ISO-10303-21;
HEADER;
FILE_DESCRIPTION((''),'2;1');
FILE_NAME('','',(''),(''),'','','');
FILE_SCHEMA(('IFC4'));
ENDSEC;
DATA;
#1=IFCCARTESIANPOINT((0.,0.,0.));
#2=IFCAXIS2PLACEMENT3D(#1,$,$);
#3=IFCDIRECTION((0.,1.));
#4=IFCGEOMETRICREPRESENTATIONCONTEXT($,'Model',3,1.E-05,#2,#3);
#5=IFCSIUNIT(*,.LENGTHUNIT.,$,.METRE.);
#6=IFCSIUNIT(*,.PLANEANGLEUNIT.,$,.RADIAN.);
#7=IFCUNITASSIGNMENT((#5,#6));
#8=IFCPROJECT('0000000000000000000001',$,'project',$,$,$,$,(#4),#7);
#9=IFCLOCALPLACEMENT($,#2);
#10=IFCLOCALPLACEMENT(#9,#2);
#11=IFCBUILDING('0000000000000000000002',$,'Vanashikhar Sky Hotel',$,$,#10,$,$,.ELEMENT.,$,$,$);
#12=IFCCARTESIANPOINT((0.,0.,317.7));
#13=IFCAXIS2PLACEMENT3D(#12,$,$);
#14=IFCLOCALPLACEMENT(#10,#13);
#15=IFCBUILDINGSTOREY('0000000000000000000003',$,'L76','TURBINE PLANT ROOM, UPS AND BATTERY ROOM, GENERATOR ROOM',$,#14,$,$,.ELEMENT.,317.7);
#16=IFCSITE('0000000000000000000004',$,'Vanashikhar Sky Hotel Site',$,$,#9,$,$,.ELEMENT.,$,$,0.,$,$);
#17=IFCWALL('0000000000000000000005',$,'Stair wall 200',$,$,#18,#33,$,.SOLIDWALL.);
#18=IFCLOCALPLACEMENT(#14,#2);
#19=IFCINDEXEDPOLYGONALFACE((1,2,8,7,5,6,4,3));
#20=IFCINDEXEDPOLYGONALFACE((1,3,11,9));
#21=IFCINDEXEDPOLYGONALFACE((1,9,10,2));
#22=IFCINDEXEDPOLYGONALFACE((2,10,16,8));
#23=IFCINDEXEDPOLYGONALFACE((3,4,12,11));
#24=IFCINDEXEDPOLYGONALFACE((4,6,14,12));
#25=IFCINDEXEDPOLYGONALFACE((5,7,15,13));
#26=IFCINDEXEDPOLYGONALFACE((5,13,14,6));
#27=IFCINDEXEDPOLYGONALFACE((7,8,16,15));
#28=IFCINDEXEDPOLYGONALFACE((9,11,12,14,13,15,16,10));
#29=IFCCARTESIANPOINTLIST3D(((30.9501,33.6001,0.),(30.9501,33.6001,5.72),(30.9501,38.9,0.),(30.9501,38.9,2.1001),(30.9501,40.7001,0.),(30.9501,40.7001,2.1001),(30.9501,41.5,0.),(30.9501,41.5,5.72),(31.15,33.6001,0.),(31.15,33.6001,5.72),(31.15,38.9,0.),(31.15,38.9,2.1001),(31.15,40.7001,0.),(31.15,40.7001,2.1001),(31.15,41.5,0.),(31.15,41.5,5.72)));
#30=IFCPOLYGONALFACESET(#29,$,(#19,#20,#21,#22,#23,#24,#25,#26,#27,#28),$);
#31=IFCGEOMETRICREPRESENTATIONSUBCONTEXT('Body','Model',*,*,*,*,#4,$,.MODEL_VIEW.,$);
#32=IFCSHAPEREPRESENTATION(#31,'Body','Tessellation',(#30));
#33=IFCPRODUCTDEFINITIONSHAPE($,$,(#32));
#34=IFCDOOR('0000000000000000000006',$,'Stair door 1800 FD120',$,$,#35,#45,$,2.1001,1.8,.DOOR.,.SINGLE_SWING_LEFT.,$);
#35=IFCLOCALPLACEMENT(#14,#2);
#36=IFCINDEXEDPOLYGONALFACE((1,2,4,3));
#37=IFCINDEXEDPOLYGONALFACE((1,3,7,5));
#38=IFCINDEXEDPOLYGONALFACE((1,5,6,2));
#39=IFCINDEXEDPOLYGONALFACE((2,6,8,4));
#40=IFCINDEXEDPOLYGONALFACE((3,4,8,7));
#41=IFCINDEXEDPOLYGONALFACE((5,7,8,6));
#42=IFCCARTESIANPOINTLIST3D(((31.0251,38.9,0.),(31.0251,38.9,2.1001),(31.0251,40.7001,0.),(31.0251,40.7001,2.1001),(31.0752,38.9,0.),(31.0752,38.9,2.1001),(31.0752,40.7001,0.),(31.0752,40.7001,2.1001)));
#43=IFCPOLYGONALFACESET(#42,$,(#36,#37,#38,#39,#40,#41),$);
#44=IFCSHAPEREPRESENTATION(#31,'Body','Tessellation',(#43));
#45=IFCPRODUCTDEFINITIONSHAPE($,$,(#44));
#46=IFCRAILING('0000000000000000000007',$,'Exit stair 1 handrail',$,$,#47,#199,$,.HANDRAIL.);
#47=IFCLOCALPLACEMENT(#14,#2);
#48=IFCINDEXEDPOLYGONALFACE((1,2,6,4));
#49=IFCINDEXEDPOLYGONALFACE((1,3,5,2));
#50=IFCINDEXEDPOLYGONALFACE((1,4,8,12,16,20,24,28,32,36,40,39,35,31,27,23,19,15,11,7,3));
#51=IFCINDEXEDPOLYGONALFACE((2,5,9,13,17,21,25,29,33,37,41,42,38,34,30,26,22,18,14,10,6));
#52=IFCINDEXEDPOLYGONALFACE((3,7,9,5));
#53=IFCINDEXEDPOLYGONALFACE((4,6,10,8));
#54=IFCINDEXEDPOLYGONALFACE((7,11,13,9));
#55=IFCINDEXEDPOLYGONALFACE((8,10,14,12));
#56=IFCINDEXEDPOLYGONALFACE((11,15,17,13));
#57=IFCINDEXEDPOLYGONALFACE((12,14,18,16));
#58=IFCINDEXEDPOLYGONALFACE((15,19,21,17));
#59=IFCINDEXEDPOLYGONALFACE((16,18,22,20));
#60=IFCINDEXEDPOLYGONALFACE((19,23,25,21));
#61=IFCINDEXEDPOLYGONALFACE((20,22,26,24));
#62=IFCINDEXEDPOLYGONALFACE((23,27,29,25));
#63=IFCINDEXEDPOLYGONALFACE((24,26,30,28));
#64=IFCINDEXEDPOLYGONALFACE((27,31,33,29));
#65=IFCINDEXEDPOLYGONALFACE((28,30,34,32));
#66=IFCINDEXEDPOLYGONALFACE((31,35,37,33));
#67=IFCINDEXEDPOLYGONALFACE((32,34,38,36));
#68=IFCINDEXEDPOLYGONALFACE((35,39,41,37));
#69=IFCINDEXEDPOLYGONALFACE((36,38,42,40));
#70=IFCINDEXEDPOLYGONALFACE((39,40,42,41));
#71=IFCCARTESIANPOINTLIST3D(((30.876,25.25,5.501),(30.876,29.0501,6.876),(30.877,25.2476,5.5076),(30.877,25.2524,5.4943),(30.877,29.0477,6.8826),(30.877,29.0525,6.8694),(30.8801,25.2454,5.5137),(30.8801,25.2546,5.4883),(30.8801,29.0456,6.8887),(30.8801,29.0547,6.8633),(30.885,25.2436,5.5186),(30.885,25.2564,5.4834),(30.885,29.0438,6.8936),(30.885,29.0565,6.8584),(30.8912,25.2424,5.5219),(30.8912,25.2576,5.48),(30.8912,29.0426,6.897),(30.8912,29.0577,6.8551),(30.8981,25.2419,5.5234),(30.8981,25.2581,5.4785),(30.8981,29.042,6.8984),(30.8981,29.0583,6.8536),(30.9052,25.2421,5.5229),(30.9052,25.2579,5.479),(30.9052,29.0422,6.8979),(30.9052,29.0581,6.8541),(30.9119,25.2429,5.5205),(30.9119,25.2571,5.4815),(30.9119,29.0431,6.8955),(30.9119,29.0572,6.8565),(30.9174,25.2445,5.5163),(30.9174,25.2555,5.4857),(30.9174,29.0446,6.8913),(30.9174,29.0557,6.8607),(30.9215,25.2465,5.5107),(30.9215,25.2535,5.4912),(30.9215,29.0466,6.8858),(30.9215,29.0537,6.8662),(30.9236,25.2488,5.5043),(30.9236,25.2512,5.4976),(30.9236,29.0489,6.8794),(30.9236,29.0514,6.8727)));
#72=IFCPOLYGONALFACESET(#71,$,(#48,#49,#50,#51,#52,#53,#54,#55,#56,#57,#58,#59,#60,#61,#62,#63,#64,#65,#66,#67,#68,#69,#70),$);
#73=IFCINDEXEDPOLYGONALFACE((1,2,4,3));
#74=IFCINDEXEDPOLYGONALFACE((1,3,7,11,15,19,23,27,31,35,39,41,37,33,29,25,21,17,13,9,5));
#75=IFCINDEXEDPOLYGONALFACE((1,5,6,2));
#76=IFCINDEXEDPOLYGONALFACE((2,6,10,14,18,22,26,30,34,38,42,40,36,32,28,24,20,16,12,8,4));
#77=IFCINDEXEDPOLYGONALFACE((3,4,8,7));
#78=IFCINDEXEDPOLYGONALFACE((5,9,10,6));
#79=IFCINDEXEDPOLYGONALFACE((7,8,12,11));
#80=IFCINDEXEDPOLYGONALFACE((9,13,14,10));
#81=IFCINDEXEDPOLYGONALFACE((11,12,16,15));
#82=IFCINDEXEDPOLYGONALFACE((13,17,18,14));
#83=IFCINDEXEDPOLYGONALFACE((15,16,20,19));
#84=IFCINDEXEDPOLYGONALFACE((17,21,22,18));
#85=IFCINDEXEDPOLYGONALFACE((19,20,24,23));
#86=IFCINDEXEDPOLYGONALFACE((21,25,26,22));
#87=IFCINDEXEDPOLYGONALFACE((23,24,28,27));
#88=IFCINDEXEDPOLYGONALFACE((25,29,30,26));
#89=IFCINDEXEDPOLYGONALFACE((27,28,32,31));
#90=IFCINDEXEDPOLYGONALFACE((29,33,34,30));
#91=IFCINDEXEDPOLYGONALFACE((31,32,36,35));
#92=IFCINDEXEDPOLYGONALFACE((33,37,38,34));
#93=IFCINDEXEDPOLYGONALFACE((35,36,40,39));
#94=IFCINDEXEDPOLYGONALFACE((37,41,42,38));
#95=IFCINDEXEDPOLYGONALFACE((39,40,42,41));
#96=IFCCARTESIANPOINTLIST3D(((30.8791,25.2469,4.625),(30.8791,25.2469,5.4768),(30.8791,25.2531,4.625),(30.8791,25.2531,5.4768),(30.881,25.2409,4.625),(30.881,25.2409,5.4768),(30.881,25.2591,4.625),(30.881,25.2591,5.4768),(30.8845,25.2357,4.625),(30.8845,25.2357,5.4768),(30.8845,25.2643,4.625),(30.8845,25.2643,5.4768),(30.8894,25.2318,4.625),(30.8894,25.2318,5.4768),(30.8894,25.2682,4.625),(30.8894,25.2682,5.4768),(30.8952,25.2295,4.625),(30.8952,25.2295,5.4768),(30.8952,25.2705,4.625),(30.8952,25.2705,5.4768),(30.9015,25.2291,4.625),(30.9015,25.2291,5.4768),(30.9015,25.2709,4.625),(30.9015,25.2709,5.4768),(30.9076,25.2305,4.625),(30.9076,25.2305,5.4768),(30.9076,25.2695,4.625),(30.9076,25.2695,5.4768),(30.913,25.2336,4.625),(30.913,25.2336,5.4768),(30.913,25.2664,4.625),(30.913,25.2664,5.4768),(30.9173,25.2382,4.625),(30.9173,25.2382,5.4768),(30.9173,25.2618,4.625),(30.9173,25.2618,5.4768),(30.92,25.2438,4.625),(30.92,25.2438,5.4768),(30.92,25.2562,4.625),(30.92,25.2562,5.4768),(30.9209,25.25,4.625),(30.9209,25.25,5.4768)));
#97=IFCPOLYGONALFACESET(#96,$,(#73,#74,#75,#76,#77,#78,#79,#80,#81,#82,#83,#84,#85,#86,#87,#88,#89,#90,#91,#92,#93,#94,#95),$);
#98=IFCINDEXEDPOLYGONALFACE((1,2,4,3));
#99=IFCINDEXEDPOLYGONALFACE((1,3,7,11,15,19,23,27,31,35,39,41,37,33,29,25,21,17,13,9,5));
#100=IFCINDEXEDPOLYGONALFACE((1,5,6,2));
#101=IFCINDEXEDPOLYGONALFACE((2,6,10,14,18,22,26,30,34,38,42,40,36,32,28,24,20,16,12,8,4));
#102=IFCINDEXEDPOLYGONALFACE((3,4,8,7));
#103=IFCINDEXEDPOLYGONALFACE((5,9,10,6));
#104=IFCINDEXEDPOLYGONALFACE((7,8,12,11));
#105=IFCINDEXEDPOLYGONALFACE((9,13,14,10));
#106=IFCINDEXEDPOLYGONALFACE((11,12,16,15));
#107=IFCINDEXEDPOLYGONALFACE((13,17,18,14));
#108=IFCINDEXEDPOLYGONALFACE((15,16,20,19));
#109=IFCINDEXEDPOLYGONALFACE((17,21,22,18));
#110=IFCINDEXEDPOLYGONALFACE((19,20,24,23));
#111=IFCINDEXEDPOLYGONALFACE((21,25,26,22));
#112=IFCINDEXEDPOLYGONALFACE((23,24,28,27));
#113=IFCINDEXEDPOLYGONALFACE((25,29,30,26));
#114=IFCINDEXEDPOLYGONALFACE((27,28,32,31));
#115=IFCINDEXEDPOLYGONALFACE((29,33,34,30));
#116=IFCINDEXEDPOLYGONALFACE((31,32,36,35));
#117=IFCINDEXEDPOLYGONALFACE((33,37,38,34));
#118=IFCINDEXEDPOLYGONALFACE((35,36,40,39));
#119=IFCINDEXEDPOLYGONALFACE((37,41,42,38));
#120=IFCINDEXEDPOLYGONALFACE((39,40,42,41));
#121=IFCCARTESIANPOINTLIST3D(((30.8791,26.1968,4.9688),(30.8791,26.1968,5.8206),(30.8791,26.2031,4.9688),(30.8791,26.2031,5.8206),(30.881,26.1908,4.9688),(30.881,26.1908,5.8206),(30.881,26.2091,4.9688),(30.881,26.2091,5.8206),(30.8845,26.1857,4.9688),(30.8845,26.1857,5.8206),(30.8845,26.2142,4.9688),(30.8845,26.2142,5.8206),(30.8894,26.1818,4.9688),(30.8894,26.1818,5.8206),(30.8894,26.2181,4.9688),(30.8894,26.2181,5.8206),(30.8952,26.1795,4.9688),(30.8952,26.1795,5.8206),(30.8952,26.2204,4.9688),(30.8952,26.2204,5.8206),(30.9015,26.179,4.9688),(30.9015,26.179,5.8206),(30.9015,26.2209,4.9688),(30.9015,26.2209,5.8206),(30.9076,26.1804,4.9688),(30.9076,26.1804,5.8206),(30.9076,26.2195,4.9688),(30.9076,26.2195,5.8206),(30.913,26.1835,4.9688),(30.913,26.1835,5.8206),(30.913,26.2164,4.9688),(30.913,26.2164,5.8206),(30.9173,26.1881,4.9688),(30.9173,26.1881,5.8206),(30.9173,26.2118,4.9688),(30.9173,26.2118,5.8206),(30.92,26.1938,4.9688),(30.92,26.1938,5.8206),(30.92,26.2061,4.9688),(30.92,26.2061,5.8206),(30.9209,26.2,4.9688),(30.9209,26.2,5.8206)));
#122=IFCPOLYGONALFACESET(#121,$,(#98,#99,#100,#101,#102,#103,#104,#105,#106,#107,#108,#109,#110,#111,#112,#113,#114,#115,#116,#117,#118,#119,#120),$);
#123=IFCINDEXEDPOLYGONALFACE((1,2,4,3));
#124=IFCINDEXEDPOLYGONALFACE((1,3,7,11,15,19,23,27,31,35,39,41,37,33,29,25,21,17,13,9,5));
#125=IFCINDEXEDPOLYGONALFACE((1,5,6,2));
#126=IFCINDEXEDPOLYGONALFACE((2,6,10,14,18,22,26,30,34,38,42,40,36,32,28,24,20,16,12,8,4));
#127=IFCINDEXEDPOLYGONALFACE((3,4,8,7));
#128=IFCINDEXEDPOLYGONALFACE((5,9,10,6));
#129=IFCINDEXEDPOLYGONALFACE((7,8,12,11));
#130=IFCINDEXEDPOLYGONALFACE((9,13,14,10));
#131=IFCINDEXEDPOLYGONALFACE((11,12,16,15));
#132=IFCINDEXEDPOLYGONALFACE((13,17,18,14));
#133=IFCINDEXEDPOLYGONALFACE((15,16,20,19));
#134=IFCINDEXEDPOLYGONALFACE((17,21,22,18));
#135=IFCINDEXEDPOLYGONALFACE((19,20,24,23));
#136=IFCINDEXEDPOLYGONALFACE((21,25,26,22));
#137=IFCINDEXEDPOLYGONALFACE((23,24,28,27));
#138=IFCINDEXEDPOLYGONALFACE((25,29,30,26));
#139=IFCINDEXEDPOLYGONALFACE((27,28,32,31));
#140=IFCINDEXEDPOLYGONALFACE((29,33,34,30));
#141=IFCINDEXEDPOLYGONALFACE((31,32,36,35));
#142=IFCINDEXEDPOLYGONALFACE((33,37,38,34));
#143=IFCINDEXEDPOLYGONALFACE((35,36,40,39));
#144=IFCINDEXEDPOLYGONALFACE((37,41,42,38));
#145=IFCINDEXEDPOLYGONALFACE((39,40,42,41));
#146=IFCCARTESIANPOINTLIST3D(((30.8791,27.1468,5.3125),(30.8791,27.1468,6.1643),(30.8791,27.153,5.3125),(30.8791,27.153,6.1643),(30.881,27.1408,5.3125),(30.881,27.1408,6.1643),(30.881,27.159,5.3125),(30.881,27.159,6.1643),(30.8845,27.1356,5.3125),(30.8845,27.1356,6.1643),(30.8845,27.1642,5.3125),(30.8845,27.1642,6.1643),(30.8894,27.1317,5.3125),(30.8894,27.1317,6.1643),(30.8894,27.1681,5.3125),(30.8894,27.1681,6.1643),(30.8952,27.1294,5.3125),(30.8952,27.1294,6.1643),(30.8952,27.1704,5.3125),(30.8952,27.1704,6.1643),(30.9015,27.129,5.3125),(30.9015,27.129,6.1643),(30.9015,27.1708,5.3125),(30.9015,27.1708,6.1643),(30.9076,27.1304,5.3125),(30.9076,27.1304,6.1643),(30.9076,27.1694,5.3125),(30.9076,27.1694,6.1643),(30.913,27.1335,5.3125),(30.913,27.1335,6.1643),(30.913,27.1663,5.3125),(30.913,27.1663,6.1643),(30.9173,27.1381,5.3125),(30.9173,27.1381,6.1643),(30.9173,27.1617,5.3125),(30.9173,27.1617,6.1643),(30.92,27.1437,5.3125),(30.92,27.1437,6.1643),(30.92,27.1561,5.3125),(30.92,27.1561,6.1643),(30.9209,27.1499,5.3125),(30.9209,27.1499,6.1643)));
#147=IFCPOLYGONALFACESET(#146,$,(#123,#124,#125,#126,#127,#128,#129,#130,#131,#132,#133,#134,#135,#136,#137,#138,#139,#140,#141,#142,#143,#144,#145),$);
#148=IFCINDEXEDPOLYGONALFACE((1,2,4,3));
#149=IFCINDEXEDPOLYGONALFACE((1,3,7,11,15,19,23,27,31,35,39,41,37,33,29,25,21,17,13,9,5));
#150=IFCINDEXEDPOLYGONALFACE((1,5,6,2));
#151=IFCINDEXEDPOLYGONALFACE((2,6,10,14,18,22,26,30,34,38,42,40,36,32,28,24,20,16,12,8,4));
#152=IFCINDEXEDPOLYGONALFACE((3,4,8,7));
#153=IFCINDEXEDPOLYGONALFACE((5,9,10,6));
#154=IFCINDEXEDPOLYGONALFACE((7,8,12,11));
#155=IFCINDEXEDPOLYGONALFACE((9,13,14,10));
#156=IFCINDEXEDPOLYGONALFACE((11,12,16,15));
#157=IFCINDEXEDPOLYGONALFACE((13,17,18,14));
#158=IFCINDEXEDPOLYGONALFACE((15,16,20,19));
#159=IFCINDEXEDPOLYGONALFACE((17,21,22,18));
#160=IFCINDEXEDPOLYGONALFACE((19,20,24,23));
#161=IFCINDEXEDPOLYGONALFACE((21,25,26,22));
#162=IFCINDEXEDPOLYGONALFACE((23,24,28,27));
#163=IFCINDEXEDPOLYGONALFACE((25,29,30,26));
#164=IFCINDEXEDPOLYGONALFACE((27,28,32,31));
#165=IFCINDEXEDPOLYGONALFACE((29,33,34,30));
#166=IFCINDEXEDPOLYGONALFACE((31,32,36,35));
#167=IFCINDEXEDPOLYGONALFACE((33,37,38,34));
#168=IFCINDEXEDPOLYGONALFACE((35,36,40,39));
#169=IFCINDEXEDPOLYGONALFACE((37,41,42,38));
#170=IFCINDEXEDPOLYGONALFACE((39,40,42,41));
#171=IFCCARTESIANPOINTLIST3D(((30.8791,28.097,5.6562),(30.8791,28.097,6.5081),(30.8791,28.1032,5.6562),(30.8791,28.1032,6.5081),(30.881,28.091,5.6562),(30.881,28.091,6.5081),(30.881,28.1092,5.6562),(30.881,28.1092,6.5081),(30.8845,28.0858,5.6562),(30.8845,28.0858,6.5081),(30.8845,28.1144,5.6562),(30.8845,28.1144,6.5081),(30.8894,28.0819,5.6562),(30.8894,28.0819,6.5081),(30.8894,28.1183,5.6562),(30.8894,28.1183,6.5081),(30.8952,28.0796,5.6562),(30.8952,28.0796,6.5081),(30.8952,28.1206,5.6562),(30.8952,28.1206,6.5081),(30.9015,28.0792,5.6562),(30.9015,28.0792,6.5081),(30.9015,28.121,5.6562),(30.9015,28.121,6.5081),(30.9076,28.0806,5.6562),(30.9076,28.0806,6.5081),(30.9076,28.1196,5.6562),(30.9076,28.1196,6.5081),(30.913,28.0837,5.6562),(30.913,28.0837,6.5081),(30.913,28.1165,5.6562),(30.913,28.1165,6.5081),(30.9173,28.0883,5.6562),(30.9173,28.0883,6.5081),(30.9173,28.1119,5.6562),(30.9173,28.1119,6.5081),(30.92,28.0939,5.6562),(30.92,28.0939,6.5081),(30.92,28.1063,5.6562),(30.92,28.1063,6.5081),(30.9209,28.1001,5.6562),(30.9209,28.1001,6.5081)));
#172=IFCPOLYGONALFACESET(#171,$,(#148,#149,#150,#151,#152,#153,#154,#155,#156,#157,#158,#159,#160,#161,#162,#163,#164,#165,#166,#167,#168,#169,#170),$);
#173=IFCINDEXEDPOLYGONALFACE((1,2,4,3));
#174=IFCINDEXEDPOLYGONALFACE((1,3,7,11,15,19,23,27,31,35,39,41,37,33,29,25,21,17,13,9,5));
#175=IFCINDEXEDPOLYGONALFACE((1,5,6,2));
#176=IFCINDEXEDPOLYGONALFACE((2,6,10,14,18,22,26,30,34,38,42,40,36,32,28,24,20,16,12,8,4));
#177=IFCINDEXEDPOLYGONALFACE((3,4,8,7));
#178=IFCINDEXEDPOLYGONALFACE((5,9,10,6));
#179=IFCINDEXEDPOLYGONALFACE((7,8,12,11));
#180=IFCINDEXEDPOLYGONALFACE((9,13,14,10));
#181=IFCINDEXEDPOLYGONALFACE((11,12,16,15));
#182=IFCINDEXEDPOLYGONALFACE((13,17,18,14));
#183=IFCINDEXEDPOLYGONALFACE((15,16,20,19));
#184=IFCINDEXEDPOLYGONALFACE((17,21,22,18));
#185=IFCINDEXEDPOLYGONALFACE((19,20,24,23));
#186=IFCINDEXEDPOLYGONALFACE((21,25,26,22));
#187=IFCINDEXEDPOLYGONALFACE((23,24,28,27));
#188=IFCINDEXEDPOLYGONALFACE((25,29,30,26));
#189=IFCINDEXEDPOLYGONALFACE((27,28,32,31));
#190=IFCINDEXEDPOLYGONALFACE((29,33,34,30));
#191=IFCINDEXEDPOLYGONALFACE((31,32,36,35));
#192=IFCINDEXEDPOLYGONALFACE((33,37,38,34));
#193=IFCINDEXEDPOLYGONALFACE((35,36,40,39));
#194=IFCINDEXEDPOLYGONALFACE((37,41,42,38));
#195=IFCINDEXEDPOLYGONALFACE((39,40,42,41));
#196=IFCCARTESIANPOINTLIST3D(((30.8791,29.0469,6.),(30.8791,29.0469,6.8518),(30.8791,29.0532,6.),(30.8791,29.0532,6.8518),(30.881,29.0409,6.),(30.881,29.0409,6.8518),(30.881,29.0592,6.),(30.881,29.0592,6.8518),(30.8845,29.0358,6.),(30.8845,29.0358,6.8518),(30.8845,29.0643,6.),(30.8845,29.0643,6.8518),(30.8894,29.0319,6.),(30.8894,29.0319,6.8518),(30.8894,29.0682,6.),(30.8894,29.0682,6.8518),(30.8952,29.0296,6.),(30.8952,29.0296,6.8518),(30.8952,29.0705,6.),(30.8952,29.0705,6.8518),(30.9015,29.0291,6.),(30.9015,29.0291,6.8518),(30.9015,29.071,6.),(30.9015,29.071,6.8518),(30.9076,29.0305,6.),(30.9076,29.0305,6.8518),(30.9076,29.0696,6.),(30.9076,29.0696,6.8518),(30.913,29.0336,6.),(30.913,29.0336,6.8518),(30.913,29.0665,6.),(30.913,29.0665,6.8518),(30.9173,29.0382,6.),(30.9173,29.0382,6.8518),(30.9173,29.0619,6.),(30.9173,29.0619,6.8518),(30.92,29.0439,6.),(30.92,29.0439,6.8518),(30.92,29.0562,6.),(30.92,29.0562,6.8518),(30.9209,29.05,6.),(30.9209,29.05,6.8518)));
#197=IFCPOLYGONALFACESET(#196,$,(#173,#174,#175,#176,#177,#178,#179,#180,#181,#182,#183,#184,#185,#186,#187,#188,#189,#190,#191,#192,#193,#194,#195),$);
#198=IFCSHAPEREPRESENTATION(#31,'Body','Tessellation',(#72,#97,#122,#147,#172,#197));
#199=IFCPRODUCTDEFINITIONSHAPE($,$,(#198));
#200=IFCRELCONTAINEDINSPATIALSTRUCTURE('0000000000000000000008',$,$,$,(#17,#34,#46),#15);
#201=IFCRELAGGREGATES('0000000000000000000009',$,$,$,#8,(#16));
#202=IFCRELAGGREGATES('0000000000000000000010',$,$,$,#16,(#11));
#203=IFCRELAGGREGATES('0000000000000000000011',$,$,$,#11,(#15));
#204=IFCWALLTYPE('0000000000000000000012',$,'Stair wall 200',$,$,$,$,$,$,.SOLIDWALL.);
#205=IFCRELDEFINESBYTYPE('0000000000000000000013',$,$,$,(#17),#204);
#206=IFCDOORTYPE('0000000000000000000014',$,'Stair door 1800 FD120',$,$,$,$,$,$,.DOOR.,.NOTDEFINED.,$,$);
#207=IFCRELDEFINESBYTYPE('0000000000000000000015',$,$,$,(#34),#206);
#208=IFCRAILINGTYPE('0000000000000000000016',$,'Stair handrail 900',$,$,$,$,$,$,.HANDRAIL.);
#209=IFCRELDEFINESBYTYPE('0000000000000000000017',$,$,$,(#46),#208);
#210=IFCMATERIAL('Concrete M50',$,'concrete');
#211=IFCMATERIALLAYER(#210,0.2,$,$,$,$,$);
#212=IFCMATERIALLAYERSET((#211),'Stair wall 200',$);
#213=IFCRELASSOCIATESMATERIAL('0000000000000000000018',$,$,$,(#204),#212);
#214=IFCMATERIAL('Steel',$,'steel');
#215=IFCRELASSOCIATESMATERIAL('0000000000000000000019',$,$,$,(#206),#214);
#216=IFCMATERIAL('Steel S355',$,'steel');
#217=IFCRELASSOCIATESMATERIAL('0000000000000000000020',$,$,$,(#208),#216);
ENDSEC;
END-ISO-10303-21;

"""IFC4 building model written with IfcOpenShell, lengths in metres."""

from ifc_helpers import new_model, si_unit, direction, frame, frame_2d, origin, origin_2d, place, context, subcontext, project, spatial, rectangle, circle, extrude, source, transform, mapped, material, layer, layer_set, type_object, element, fill, save


model = new_model("IFC4")

# Units and contexts
model_context = context("Model", 3, precision=1e-05, world=origin(), true_north=direction((0.0, 1.0)))
body_context = subcontext(model_context, "Body", "Model", "MODEL_VIEW")
ifc_project = project(units=[si_unit("LENGTHUNIT", "METRE"), si_unit("PLANEANGLEUNIT", "RADIAN")], contexts=[model_context])

# Site, building, storey
site_placement = place(None, origin())
site = spatial("IfcSite", under=ifc_project, at=site_placement, Name="Vanashikhar Sky Hotel Site", CompositionType="ELEMENT", RefElevation=0.0)
building_placement = place(site_placement, origin())
building = spatial("IfcBuilding", under=site, at=building_placement, Name="Vanashikhar Sky Hotel", CompositionType="ELEMENT")
storey_placement = place(building_placement, frame((0.0, 0.0, 317.7)))
storey = spatial("IfcBuildingStorey", under=building, at=storey_placement, Name="L76", Description="TURBINE PLANT ROOM, UPS AND BATTERY ROOM, GENERATOR ROOM", CompositionType="ELEMENT", Elevation=317.7)

# Shared definitions
ifc_material_1 = material(Name="Concrete M50", Category="concrete")
ifc_material_2 = material(Name="Steel", Category="steel")

# Wall, opening, door
ifc_layer_1 = layer(ifc_material_1, 0.2)
ifc_layer_set_1 = layer_set([ifc_layer_1], Name="Stair wall 200")
wall_type_1 = type_object("IfcWallType", Name="Stair wall 200", PredefinedType="SOLIDWALL", material=ifc_layer_set_1)
shared_shape_1 = source(origin(), body_context, "Body", "SweptSolid", [
    extrude(rectangle(XDim=7.8999, YDim=0.2, at=frame_2d((3.95, 0.0))), origin(), (0.0, 0.0, 1.0), 5.72),
])
wall_1_placement = place(storey_placement, frame((31.05, 33.6001, 0.0), z_axis=(0.0, 0.0, 1.0), x_axis=(0.0, 1.0, 0.0)))
wall_1 = element("IfcWall", 1, at=wall_1_placement, inside=storey, type_object=wall_type_1, Name="Stair wall 200", PredefinedType="SOLIDWALL", context=body_context, shape_type="MappedRepresentation", body=[
    mapped(shared_shape_1, transform((0.0, 0.0, 0.0), scale=1.0)),
])
shared_shape_2 = source(origin(), body_context, "Body", "SweptSolid", [
    extrude(rectangle(XDim=1.8, YDim=2.1001, at=frame_2d((0.8999, 1.05))), frame((0.0, 0.1099, 0.0), z_axis=(0.0, -1.0, 0.0), x_axis=(1.0, 0.0, 0.0)), (0.0, 0.0, 1.0), 0.22),
])
opening_1_placement = place(wall_1_placement, frame((5.3, 0.0, 0.0)))
opening_1 = element("IfcOpeningElement", 2, at=opening_1_placement, cuts=wall_1, PredefinedType="OPENING", context=body_context, shape_type="MappedRepresentation", body=[
    mapped(shared_shape_2, transform((0.0, 0.0, 0.0), scale=1.0)),
])
door_type_1 = type_object("IfcDoorType", Name="Stair door 1800 FD120", OperationType="NOTDEFINED", PredefinedType="DOOR", material=ifc_material_2)
shared_shape_3 = source(origin(), body_context, "Body", "SweptSolid", [
    extrude(rectangle(XDim=1.8, YDim=2.1001, at=frame_2d((0.8999, 1.05))), frame((0.0, 0.0249, 0.0), z_axis=(0.0, -1.0, 0.0), x_axis=(1.0, 0.0, 0.0)), (0.0, 0.0, 1.0), 0.05),
])
door_1_placement = place(opening_1_placement, origin())
door_1 = element("IfcDoor", 3, at=door_1_placement, inside=storey, type_object=door_type_1, Name="Stair door 1800 FD120", OperationType="SINGLE_SWING_LEFT", OverallHeight=2.1001, OverallWidth=1.8, PredefinedType="DOOR", context=body_context, shape_type="MappedRepresentation", body=[
    mapped(shared_shape_3, transform((0.0, 0.0, 0.0), scale=1.0)),
])
fill(opening_1, door_1)

# Railing
ifc_material_3 = material(Name="Steel S355", Category="steel")
railing_type = type_object("IfcRailingType", Name="Stair handrail 900", PredefinedType="HANDRAIL", material=ifc_material_3)
shared_shape_4 = source(origin(), body_context, "Body", "SweptSolid", [
    extrude(circle(Radius=0.0239, at=origin_2d()), frame((0.0, 0.0, 0.876), z_axis=(0.0, 0.940336, 0.340249), x_axis=(-1.0, 0.0, 0.0)), (0.0, 0.0, 1.0), 4.0413),
    extrude(circle(Radius=0.021, at=origin_2d()), origin(), (0.0, 0.0, 1.0), 0.8518),
    extrude(circle(Radius=0.021, at=origin_2d()), frame((0.0, 0.95, 0.3438)), (0.0, 0.0, 1.0), 0.8518),
    extrude(circle(Radius=0.021, at=origin_2d()), frame((0.0, 1.8999, 0.6875)), (0.0, 0.0, 1.0), 0.8518),
    extrude(circle(Radius=0.021, at=origin_2d()), frame((0.0, 2.8501, 1.0312)), (0.0, 0.0, 1.0), 0.8518),
    extrude(circle(Radius=0.021, at=origin_2d()), frame((0.0, 3.8, 1.375)), (0.0, 0.0, 1.0), 0.8518),
])
for number, where, name in (
    (4, (30.8999, 25.25, 4.625), "Exit stair 1 handrail"),
):
    element("IfcRailing", number, at=place(storey_placement, frame(where)), inside=storey, type_object=railing_type, Name=name, PredefinedType="HANDRAIL", context=body_context, shape_type="MappedRepresentation", body=[
        mapped(shared_shape_4, transform((0.0, 0.0, 0.0), scale=1.0)),
    ])

save(model, "model.ifc")
